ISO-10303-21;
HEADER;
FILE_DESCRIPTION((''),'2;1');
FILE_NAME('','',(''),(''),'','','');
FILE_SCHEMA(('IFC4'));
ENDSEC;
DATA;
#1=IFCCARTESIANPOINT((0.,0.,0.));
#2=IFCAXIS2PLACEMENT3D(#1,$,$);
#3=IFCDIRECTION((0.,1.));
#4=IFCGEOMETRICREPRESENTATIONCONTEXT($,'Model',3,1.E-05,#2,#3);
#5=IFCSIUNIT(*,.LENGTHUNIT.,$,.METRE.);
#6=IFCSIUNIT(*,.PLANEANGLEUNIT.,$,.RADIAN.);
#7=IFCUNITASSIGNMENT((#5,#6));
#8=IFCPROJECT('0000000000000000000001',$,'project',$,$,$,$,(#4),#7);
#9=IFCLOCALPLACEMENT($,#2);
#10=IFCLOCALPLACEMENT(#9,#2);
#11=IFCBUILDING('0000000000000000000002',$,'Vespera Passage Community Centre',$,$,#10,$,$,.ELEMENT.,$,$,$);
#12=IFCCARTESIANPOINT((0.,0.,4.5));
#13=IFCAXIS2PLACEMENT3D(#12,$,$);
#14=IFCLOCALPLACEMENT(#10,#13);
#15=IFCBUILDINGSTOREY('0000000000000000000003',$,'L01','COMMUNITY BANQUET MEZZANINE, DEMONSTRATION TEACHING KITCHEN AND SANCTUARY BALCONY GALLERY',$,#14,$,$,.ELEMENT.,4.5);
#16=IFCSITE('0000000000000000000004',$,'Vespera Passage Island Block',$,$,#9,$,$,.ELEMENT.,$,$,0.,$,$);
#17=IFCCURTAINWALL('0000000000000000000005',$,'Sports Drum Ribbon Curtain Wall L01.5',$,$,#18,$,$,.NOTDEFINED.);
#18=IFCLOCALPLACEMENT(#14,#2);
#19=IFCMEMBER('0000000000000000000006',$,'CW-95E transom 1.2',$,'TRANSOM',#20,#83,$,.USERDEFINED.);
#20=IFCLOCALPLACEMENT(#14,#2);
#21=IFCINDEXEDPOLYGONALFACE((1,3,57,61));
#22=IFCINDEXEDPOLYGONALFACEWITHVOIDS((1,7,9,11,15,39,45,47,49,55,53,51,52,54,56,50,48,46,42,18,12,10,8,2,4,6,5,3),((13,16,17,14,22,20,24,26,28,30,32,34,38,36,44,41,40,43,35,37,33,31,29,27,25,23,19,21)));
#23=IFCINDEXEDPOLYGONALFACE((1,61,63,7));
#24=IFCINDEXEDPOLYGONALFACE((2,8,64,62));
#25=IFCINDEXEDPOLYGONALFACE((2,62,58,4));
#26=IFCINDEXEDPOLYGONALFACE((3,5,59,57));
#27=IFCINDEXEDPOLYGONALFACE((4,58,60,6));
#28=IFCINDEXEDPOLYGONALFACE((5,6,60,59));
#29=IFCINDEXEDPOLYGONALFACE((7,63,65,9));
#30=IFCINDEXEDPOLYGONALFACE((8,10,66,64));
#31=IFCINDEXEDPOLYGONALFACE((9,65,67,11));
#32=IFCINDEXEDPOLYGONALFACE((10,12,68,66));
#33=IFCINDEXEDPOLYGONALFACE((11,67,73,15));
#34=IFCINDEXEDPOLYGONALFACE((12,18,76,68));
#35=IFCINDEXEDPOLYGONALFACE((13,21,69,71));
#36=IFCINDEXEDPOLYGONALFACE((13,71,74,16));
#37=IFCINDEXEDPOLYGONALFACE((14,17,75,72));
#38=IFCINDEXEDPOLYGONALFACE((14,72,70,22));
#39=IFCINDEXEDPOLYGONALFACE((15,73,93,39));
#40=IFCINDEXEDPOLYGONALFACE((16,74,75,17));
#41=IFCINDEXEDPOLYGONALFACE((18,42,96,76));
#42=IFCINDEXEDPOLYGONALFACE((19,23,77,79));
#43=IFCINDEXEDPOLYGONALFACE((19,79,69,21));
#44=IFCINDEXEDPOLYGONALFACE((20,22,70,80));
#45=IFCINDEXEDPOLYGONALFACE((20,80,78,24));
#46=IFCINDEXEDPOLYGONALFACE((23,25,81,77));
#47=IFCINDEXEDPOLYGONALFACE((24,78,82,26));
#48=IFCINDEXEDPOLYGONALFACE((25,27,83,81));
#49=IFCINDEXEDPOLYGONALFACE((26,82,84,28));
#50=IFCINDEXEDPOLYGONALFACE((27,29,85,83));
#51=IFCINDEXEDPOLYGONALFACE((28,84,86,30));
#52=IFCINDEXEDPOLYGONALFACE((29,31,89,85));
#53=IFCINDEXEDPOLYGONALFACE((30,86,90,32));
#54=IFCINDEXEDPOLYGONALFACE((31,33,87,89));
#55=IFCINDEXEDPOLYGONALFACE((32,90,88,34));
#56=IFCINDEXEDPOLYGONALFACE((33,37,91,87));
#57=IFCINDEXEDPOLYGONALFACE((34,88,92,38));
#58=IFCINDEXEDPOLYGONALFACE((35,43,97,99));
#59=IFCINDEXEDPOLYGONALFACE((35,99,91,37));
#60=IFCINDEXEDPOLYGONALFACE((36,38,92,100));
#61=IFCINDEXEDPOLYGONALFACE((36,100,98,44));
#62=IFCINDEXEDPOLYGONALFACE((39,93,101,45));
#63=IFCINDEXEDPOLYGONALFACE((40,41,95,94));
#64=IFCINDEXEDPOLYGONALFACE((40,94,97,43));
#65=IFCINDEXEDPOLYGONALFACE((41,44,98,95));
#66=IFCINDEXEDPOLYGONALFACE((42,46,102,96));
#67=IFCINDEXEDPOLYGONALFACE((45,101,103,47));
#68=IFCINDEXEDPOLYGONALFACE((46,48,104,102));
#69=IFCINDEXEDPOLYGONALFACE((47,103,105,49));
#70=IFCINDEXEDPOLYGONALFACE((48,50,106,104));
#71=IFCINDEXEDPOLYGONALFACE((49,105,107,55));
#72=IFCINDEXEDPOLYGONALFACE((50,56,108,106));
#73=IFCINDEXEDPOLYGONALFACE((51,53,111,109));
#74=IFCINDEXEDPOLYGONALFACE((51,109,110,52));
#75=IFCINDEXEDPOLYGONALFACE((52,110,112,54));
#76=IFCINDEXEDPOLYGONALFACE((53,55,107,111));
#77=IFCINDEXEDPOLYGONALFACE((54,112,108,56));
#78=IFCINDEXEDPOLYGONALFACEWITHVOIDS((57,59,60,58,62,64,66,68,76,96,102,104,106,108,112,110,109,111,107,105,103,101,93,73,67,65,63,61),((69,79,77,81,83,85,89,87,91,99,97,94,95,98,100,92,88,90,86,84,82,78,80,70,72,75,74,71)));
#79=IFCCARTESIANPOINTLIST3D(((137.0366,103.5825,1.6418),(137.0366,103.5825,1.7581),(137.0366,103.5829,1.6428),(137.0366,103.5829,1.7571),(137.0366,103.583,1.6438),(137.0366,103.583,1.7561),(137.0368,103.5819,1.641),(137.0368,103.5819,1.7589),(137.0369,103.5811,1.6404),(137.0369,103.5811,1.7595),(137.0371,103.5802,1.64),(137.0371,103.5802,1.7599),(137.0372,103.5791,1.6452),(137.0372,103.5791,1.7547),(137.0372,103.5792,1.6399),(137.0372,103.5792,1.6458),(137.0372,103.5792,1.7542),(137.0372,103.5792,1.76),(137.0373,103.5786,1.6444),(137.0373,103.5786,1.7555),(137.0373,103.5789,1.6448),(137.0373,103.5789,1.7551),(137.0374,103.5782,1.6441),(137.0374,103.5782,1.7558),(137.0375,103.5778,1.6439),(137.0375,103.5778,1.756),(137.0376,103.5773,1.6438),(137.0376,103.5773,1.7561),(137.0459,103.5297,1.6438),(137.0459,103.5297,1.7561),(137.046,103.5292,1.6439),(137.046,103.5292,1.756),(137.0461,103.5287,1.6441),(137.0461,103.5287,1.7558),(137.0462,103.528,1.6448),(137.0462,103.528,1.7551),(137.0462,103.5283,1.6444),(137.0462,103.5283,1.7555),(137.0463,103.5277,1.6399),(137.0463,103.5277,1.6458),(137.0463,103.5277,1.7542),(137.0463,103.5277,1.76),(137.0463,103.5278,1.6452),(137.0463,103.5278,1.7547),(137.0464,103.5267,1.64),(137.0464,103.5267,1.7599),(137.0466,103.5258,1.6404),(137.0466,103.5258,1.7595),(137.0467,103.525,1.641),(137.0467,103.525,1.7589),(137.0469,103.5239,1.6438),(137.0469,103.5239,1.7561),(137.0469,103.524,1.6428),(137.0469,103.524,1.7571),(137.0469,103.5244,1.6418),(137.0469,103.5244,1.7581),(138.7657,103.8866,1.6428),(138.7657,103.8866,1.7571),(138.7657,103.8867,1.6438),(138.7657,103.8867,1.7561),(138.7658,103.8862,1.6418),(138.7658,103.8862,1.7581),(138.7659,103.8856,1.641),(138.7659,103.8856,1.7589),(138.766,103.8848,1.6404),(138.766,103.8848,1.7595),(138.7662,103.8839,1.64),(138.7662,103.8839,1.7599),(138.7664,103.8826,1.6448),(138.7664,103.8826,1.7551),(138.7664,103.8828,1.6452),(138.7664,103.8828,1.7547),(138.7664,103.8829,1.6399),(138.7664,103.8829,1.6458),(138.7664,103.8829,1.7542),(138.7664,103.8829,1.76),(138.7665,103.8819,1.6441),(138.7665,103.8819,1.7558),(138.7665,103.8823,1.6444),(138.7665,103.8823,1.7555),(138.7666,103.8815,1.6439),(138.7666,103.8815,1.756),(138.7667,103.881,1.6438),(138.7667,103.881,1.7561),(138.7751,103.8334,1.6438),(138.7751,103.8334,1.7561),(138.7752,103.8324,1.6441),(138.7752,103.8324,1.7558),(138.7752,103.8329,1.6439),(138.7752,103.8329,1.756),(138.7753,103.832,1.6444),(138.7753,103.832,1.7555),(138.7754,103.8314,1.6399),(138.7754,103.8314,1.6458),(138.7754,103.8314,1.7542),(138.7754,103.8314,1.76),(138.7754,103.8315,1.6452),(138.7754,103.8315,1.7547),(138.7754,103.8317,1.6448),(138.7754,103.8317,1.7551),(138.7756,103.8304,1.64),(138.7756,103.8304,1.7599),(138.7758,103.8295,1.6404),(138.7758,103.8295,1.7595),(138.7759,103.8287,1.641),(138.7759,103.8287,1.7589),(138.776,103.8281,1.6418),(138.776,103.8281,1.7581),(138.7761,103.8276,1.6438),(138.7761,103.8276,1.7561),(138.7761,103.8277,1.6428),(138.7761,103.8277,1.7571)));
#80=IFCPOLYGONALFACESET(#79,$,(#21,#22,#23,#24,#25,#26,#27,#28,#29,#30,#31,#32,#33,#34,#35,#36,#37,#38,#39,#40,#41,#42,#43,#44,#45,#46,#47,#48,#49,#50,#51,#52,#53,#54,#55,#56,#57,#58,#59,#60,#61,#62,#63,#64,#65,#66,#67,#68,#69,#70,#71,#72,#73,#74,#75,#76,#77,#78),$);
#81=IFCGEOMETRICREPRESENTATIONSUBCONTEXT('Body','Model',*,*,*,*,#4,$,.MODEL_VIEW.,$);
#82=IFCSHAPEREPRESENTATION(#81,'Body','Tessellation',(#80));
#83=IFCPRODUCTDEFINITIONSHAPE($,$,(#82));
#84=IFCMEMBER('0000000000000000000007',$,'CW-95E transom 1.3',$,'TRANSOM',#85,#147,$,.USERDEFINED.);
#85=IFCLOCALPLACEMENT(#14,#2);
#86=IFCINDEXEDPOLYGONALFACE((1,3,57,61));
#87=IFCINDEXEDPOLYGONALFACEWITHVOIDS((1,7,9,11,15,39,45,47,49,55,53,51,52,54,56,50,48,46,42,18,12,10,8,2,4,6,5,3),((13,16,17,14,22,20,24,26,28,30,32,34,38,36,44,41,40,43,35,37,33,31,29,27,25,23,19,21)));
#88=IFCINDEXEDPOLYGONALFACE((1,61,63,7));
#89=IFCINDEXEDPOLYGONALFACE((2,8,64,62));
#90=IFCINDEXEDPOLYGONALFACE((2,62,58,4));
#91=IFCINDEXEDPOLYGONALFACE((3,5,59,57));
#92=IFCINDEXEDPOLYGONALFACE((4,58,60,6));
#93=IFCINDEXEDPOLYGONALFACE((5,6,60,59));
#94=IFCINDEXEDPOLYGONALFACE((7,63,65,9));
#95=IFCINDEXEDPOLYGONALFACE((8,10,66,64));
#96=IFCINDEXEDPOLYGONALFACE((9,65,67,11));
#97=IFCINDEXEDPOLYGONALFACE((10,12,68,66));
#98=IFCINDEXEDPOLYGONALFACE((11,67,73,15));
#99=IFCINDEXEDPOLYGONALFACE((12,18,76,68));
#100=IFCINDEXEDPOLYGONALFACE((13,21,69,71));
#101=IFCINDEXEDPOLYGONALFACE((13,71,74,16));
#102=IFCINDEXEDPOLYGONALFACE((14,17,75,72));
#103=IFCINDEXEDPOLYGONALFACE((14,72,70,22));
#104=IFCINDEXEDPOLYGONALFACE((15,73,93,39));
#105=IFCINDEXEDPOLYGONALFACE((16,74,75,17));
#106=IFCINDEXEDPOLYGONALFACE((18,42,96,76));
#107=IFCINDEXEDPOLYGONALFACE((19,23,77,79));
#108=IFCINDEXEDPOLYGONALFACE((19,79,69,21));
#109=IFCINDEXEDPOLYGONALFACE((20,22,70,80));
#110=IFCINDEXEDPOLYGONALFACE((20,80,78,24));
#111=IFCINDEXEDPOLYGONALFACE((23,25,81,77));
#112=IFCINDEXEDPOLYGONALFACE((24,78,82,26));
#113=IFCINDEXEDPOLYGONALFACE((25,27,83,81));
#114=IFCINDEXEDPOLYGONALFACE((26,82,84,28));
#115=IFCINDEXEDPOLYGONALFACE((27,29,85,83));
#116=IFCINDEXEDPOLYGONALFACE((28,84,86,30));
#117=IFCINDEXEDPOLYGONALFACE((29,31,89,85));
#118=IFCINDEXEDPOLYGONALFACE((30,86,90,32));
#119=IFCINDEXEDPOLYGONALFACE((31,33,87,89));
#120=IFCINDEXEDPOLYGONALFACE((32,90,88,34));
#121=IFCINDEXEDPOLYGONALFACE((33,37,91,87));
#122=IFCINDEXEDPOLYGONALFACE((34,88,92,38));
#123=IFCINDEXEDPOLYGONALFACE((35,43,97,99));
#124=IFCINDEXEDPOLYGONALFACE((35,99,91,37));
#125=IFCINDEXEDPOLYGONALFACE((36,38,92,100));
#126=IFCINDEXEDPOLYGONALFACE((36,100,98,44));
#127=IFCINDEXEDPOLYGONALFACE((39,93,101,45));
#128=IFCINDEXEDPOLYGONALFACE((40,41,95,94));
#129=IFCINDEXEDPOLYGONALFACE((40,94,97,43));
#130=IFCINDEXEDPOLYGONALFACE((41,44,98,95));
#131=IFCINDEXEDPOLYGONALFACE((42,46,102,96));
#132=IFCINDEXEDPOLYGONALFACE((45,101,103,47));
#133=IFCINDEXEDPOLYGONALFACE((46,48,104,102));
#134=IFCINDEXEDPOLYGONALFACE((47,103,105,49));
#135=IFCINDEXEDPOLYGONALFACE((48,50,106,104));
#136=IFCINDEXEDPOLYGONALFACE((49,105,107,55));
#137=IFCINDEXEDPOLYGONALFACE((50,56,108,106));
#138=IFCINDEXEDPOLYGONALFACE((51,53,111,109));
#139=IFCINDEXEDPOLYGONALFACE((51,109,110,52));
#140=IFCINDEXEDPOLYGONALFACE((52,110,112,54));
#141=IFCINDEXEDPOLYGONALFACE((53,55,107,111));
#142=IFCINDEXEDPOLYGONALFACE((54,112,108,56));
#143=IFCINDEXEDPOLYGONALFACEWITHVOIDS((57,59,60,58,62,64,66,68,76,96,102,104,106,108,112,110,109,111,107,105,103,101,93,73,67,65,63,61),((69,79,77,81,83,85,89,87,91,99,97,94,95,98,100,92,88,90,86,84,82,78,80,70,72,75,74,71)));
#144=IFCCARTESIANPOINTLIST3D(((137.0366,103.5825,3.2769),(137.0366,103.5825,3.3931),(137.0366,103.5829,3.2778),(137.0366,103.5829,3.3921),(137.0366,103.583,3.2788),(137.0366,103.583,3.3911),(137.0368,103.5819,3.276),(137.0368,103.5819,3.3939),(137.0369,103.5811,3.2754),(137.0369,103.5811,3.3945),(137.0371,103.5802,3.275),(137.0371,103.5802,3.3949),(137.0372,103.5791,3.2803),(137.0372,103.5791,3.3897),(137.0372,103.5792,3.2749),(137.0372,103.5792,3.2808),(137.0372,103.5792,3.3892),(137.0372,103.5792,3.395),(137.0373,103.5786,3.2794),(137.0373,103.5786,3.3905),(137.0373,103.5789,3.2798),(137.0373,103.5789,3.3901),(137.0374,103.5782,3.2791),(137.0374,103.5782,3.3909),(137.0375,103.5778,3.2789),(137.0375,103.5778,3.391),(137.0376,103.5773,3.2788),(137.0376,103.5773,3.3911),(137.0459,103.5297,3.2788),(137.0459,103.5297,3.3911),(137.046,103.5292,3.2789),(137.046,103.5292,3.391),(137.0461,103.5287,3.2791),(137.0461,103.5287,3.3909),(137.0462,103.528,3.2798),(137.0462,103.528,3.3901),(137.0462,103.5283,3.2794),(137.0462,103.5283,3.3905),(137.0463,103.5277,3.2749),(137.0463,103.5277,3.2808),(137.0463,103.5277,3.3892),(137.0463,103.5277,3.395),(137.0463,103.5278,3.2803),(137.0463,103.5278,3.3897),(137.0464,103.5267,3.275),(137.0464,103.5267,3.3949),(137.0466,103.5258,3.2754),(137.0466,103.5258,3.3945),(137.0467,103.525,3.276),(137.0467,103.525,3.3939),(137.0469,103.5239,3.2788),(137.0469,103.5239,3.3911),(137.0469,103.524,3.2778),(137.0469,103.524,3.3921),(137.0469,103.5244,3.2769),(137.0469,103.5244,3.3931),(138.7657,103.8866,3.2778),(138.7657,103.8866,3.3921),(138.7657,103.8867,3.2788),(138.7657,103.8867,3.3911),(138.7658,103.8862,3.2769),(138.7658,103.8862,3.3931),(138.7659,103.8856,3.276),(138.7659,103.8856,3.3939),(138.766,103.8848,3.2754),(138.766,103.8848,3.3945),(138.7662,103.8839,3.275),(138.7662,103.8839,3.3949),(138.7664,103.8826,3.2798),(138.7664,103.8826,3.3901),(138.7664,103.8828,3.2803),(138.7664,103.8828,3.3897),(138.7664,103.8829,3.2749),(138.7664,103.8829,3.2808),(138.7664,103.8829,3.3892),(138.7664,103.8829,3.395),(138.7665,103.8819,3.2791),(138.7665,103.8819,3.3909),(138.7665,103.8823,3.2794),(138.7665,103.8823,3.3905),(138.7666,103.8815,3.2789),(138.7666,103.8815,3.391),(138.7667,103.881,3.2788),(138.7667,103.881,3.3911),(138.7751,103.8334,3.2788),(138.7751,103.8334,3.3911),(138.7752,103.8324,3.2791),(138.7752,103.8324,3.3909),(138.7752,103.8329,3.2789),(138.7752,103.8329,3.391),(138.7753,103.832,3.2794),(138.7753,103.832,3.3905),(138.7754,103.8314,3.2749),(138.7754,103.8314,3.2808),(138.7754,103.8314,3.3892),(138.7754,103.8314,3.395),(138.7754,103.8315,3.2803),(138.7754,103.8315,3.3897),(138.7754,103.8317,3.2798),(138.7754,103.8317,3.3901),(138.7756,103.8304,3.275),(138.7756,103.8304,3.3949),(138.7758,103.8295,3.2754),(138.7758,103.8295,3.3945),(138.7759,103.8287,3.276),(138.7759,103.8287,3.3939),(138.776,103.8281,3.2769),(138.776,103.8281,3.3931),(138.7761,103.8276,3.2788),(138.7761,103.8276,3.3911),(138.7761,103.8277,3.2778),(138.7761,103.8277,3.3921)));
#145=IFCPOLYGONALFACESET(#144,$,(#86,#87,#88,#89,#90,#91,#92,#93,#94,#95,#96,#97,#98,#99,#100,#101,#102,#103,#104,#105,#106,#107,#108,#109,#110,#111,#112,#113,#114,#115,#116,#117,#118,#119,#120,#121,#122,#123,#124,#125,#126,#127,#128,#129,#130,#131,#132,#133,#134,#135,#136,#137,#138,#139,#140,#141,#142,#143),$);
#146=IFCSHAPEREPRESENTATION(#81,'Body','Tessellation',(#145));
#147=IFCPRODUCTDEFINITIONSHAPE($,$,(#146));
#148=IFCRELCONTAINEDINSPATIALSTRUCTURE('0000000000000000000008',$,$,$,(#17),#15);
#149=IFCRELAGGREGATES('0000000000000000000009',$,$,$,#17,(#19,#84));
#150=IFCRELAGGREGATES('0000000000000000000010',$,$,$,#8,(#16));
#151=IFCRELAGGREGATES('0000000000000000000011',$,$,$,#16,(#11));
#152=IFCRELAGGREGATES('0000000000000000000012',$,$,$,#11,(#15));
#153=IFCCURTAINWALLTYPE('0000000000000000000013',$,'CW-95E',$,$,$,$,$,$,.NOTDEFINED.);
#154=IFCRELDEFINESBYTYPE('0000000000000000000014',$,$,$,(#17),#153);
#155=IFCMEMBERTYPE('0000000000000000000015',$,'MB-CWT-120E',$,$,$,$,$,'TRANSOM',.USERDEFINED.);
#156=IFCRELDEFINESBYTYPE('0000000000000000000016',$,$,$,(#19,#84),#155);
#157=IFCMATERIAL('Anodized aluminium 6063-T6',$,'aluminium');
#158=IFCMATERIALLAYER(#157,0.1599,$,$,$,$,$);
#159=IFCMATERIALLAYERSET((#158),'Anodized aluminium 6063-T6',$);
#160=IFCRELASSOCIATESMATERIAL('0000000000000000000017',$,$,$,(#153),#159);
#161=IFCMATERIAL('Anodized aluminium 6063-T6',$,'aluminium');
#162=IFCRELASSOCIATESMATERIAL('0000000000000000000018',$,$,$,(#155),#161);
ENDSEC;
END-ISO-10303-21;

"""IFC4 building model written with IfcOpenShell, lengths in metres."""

from ifc_helpers import new_model, si_unit, direction, frame, origin, origin_2d, place, context, subcontext, project, spatial, hollow_rectangle, extrude, material, layer, layer_set, material_profile, profile_set, type_object, element, aggregate, save


model = new_model("IFC4")

# Units and contexts
model_context = context("Model", 3, precision=1e-05, world=origin(), true_north=direction((0.0, 1.0)))
body_context = subcontext(model_context, "Body", "Model", "MODEL_VIEW")
ifc_project = project(units=[si_unit("LENGTHUNIT", "METRE"), si_unit("PLANEANGLEUNIT", "RADIAN")], contexts=[model_context])

# Site, building, storey
site_placement = place(None, origin())
site = spatial("IfcSite", under=ifc_project, at=site_placement, Name="Vespera Passage Island Block", CompositionType="ELEMENT", RefElevation=0.0)
building_placement = place(site_placement, origin())
building = spatial("IfcBuilding", under=site, at=building_placement, Name="Vespera Passage Community Centre", CompositionType="ELEMENT")
storey_placement = place(building_placement, frame((0.0, 0.0, 4.5)))
storey = spatial("IfcBuildingStorey", under=building, at=storey_placement, Name="L01", Description="COMMUNITY BANQUET MEZZANINE, DEMONSTRATION TEACHING KITCHEN AND SANCTUARY BALCONY GALLERY", CompositionType="ELEMENT", Elevation=4.5)

# Curtain wall, members
ifc_material_1 = material(Name="Anodized aluminium 6063-T6", Category="aluminium")
ifc_layer_1 = layer(ifc_material_1, 0.1599)
ifc_layer_set_1 = layer_set([ifc_layer_1], Name="Anodized aluminium 6063-T6")
curtain_wall_type = type_object("IfcCurtainWallType", Name="CW-95E", PredefinedType="NOTDEFINED", material=ifc_layer_set_1)
curtain_wall_placement = place(storey_placement, origin())
curtain_wall = element("IfcCurtainWall", 1, at=curtain_wall_placement, inside=storey, type_object=curtain_wall_type, Name="Sports Drum Ribbon Curtain Wall L01.5", PredefinedType="NOTDEFINED")
ifc_material_2 = material(Name="Anodized aluminium 6063-T6", Category="aluminium")
ifc_material_profile_1 = material_profile(ifc_material_2, hollow_rectangle(XDim=0.0601, YDim=0.1201, WallThickness=0.0039, InnerFilletRadius=0.002, OuterFilletRadius=0.0039, at=origin_2d()), Name="ALU120X60X4")
ifc_profile_set_1 = profile_set([ifc_material_profile_1], Name="Anodized aluminium 6063-T6")
member_type_1 = type_object("IfcMemberType", Name="MB-CWT-120E", ElementType="TRANSOM", PredefinedType="USERDEFINED", material=ifc_profile_set_1)
member_1_placement = place(storey_placement, frame((137.0417, 103.5535, 1.7), z_axis=(0.984925, 0.172984, 0.0), x_axis=(-0.172984, 0.984925, 0.0)))
member_1 = element("IfcMember", 2, at=member_1_placement, type_object=member_type_1, Name="CW-95E transom 1.2", ObjectType="TRANSOM", PredefinedType="USERDEFINED", context=body_context, shape_type="SweptSolid", body=[
    extrude(hollow_rectangle(XDim=0.0601, YDim=0.1201, WallThickness=0.0039, InnerFilletRadius=0.002, OuterFilletRadius=0.0039, at=origin_2d()), origin(), (0.0, 0.0, 1.0), 1.7556),
])
member_2_placement = place(storey_placement, frame((137.0417, 103.5535, 3.335), z_axis=(0.984925, 0.172984, 0.0), x_axis=(-0.172984, 0.984925, 0.0)))
member_2 = element("IfcMember", 3, at=member_2_placement, type_object=member_type_1, Name="CW-95E transom 1.3", ObjectType="TRANSOM", PredefinedType="USERDEFINED", context=body_context, shape_type="SweptSolid", body=[
    extrude(hollow_rectangle(XDim=0.0601, YDim=0.1201, WallThickness=0.0039, InnerFilletRadius=0.002, OuterFilletRadius=0.0039, at=origin_2d()), origin(), (0.0, 0.0, 1.0), 1.7556),
])
aggregate(curtain_wall, [member_1, member_2])

save(model, "model.ifc")
